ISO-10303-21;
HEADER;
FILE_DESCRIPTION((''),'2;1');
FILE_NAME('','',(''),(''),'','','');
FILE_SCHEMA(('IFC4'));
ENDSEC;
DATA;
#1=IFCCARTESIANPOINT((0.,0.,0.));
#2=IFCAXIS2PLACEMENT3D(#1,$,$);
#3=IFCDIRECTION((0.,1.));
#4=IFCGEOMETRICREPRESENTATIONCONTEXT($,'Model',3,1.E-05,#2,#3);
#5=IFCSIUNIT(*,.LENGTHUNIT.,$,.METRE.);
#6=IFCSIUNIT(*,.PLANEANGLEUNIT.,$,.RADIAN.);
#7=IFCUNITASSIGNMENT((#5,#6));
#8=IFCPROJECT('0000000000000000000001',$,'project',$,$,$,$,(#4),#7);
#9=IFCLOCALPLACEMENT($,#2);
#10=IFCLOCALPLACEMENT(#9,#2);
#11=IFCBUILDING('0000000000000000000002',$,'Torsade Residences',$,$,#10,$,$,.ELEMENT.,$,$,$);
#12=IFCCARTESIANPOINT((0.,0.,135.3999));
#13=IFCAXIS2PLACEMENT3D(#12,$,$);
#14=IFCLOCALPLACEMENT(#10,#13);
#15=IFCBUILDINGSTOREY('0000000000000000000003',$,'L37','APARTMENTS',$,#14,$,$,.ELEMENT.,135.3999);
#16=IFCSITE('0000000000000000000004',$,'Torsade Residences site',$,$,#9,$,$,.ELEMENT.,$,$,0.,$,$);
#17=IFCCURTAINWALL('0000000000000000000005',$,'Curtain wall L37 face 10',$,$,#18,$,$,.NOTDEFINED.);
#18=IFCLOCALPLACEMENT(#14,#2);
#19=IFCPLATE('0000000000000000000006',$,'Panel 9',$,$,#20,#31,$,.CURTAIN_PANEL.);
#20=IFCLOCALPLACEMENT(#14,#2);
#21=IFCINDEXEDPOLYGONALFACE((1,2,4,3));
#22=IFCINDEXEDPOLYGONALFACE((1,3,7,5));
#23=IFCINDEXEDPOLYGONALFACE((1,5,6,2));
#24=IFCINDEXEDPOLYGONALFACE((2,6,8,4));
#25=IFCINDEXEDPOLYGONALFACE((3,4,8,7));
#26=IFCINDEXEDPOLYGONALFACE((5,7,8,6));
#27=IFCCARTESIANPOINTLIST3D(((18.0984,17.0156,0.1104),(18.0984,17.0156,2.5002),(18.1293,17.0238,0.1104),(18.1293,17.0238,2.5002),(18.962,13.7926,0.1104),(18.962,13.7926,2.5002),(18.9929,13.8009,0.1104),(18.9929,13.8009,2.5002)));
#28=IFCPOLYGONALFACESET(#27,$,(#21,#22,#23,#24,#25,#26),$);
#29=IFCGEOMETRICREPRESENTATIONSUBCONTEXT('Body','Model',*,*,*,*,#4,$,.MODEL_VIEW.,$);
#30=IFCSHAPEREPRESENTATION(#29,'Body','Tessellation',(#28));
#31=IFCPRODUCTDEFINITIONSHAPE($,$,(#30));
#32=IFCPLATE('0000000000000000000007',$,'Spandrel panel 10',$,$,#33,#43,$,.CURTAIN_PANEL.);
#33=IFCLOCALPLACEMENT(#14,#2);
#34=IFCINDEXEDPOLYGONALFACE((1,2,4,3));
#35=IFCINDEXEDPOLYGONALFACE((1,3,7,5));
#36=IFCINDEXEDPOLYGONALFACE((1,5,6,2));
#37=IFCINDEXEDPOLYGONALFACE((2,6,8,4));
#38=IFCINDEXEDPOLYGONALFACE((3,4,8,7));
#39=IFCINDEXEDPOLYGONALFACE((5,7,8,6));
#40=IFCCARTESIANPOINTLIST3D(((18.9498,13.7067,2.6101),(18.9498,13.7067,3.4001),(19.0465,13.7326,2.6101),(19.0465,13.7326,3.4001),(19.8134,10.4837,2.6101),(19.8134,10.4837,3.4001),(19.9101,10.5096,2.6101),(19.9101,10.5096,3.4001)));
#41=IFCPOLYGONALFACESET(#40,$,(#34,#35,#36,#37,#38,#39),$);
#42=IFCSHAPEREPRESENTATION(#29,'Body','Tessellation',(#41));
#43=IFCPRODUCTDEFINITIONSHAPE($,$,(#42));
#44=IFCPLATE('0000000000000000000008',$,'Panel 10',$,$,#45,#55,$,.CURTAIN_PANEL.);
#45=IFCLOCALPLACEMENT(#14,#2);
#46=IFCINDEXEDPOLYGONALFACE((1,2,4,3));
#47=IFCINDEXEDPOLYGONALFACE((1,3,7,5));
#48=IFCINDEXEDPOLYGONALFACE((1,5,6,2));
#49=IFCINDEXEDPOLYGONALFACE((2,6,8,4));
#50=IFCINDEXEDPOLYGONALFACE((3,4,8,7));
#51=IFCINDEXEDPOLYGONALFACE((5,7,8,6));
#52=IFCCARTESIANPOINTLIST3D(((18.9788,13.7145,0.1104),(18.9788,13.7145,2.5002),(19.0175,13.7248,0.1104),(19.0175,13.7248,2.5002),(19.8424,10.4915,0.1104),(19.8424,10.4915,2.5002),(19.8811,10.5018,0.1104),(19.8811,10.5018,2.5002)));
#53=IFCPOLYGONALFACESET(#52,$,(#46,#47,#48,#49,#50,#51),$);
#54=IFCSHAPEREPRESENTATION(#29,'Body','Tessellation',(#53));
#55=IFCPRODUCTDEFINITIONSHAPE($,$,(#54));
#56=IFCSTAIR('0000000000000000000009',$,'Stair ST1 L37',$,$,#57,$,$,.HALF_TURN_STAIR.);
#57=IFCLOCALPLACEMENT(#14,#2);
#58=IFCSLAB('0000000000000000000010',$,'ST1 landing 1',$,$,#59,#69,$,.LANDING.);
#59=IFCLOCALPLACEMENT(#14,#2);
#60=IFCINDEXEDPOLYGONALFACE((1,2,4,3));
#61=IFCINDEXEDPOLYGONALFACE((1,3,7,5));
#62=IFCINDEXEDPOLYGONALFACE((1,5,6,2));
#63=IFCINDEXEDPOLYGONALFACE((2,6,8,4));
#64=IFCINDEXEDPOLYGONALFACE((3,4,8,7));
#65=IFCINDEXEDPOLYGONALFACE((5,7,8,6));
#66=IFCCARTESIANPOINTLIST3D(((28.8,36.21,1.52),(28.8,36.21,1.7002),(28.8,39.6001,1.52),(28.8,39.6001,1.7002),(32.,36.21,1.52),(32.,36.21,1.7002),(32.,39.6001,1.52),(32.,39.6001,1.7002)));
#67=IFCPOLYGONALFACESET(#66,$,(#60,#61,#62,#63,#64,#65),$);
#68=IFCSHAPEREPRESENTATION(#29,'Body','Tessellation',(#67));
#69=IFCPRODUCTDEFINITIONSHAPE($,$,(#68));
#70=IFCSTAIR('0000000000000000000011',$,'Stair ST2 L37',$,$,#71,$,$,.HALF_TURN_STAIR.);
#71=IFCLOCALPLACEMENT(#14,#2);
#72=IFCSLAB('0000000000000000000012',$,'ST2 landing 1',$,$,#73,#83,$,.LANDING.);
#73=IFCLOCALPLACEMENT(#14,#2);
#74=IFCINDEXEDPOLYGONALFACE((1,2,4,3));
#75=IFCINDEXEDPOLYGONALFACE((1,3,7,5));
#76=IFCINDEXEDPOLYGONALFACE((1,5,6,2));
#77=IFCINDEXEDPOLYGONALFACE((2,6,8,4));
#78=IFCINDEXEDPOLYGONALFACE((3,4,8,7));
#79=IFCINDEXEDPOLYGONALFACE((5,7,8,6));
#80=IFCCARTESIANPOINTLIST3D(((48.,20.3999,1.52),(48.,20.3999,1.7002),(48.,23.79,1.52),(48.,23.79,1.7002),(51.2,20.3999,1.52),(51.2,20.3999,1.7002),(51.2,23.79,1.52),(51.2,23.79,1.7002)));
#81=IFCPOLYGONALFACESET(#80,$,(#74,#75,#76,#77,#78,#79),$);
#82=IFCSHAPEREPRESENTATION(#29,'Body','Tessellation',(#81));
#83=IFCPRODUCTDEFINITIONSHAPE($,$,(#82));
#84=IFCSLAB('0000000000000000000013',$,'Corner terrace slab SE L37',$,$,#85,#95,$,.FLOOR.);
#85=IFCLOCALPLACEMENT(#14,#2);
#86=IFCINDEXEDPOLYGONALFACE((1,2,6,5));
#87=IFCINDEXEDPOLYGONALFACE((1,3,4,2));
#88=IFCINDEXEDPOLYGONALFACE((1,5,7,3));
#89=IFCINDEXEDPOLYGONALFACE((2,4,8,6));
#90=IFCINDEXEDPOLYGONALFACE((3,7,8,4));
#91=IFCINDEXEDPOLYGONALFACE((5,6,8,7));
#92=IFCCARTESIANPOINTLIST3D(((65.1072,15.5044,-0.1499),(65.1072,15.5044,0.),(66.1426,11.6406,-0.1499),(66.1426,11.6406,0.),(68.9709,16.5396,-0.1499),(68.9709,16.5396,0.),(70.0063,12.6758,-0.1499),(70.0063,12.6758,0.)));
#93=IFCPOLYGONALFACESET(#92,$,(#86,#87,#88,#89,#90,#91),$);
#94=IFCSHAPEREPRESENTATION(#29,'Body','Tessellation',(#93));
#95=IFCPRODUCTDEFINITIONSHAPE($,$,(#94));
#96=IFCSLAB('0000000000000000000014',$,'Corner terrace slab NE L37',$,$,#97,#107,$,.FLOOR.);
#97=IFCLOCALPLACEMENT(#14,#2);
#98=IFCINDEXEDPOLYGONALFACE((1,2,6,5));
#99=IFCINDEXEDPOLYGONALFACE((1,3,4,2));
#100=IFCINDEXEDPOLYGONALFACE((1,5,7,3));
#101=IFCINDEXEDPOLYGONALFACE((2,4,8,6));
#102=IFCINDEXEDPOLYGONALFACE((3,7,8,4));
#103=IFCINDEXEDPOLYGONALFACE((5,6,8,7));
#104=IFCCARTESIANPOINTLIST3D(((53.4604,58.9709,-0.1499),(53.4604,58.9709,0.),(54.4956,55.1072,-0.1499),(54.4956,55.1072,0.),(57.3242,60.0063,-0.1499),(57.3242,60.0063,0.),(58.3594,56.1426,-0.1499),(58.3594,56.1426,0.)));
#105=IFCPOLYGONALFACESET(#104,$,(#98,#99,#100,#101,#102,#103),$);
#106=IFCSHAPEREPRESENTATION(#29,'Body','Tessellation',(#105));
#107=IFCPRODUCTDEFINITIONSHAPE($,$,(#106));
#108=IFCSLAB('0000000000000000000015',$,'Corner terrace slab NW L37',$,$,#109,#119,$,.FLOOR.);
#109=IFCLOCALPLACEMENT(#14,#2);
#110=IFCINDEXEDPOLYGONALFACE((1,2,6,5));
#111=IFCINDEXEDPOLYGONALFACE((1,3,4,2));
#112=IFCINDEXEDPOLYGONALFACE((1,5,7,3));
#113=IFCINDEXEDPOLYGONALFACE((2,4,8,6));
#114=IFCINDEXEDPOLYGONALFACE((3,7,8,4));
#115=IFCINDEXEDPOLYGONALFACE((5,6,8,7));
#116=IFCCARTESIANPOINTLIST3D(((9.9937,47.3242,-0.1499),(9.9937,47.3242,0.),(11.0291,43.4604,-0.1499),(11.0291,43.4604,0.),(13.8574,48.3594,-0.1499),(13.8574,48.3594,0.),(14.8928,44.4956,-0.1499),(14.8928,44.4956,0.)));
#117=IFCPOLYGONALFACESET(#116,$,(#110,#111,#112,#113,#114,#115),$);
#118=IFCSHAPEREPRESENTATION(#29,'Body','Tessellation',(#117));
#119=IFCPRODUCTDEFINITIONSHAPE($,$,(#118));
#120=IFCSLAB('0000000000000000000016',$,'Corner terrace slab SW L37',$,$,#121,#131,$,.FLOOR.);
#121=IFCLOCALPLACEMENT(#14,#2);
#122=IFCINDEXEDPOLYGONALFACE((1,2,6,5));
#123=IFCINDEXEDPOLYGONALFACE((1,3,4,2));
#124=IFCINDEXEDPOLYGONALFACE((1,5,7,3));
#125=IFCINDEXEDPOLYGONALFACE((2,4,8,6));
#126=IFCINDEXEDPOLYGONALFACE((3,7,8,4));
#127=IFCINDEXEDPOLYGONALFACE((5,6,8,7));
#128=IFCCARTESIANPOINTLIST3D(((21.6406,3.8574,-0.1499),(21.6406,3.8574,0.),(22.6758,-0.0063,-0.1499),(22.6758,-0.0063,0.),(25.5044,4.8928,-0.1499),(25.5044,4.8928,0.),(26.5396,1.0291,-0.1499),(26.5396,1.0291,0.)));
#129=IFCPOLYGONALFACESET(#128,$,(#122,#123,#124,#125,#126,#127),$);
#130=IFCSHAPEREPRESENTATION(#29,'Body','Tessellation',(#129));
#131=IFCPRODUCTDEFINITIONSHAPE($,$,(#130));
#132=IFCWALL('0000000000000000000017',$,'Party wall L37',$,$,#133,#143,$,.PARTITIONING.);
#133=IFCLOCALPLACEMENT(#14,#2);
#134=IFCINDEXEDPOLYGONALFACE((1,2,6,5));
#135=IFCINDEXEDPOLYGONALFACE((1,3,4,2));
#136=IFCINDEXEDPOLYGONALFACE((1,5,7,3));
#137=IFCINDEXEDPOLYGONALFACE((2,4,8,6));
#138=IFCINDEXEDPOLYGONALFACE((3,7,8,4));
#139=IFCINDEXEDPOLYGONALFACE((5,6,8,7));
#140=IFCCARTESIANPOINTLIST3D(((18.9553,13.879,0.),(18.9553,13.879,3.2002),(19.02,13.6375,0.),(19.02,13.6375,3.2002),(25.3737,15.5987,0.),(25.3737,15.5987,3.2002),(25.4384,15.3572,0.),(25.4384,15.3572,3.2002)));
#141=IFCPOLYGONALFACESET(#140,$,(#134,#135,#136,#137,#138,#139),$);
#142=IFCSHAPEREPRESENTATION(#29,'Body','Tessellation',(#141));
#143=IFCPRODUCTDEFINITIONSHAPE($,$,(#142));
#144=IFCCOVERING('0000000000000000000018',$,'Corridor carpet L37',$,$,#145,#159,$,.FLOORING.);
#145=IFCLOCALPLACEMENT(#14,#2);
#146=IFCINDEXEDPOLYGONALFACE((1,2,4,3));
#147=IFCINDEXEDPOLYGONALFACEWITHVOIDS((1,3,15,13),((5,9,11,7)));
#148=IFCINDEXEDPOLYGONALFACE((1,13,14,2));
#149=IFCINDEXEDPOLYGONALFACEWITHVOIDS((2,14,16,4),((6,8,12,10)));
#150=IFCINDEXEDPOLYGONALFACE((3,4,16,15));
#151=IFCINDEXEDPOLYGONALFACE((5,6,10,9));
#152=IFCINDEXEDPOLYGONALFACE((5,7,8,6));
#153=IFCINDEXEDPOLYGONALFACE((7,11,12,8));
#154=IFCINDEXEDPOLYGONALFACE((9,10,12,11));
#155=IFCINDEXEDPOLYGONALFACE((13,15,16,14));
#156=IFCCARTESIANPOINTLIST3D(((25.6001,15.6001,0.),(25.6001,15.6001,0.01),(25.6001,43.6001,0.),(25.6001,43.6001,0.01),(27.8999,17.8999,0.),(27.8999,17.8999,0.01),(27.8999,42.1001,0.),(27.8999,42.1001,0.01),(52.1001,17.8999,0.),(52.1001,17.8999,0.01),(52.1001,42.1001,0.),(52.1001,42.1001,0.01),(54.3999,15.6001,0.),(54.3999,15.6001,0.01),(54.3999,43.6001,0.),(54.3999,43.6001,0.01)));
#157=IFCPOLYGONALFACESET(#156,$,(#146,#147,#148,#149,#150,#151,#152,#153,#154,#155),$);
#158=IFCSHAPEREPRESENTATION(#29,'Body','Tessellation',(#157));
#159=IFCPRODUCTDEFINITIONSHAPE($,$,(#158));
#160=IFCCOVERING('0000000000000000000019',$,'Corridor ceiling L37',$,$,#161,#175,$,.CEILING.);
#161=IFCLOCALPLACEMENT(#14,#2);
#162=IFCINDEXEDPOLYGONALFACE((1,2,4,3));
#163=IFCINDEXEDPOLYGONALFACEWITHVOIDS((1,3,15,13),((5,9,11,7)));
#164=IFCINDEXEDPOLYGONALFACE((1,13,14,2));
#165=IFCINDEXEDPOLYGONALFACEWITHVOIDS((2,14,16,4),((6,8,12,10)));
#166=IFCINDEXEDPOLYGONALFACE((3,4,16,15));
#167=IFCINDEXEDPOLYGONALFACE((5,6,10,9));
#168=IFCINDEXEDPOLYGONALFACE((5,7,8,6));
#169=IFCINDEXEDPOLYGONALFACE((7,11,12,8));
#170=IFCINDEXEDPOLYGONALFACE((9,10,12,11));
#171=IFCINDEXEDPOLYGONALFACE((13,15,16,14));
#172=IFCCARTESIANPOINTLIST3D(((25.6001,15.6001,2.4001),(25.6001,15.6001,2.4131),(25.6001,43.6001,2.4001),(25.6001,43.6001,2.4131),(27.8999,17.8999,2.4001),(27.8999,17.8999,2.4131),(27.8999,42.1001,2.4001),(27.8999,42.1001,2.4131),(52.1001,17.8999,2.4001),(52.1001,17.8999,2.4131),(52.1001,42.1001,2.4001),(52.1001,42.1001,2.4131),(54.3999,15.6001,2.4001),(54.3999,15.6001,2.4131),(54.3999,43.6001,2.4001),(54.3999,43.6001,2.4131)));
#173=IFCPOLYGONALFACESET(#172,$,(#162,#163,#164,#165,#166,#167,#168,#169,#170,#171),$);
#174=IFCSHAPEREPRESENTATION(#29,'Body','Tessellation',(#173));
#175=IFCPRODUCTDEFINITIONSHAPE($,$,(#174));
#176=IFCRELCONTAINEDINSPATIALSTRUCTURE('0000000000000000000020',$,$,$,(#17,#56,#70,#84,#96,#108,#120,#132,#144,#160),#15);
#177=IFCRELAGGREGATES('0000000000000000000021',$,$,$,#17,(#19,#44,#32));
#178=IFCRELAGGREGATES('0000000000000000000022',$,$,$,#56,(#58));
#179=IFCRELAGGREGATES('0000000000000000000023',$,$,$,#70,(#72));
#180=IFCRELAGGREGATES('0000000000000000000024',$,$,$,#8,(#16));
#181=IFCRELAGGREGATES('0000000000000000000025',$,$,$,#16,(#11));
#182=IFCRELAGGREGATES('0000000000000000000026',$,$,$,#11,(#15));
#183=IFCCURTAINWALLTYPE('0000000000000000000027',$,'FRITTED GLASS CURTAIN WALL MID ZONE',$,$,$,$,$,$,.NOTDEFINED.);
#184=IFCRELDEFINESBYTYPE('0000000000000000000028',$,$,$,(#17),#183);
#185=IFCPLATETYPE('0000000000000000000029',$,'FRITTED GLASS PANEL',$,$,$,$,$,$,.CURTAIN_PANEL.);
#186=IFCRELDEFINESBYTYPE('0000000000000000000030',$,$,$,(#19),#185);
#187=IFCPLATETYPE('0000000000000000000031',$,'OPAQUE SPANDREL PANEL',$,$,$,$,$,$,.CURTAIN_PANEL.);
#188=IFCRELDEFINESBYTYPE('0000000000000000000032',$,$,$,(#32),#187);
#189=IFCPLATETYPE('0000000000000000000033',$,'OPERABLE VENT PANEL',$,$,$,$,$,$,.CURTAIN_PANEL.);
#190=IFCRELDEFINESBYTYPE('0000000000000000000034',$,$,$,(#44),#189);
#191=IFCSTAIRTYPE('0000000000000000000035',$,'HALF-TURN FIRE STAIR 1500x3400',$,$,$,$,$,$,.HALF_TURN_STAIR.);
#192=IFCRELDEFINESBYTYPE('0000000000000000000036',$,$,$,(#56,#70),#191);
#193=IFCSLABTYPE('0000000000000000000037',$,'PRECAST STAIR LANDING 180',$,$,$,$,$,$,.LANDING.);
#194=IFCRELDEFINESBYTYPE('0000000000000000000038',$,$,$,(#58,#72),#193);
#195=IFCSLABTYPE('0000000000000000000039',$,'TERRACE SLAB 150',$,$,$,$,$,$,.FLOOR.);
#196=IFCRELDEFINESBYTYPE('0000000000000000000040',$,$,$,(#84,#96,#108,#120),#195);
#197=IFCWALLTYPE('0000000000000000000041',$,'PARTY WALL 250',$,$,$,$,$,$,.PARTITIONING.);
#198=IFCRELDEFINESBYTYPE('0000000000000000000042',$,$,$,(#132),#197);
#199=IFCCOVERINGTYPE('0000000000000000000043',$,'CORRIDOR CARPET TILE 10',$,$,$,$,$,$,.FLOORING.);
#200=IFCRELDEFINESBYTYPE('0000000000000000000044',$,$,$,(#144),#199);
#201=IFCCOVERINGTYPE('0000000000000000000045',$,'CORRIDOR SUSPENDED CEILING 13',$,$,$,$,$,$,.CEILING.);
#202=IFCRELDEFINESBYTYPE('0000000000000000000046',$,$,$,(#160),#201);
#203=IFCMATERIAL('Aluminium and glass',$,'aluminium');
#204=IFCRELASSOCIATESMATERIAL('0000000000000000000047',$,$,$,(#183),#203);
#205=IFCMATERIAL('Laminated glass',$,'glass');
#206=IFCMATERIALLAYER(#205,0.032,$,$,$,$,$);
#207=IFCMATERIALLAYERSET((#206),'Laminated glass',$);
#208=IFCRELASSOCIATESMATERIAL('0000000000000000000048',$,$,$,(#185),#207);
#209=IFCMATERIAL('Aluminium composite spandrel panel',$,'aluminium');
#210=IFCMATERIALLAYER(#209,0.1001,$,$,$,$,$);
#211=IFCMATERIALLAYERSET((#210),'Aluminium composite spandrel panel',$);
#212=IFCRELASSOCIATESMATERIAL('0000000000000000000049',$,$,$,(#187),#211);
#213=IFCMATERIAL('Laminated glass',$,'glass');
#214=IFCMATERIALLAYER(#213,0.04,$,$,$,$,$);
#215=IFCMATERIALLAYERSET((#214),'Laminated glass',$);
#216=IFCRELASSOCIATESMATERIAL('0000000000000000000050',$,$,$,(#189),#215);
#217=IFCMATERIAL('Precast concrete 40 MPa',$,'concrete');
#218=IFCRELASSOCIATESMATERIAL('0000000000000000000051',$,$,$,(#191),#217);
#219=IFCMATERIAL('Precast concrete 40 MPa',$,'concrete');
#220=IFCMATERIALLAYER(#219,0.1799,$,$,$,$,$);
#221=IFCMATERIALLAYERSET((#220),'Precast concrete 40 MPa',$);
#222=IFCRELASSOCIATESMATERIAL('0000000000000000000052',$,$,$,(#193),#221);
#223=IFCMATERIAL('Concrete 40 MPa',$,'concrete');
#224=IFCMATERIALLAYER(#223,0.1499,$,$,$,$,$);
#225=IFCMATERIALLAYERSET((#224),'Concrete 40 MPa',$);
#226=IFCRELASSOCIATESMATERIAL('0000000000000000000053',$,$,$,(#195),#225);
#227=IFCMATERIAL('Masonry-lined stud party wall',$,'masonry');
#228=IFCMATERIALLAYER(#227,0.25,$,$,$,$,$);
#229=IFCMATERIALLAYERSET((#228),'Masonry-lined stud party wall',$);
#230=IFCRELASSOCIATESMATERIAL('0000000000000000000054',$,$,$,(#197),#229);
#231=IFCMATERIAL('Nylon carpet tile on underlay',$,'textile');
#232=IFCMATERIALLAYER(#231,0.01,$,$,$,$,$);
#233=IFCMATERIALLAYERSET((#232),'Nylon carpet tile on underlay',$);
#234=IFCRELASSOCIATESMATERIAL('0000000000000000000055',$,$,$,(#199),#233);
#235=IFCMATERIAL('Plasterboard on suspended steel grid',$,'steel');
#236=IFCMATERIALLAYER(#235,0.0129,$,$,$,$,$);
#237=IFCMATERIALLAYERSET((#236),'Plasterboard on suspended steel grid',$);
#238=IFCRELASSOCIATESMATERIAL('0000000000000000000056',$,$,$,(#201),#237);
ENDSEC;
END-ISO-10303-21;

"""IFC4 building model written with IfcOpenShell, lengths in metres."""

from ifc_helpers import new_model, si_unit, direction, frame, frame_2d, origin, origin_2d, place, context, subcontext, project, spatial, polyline, rectangle, outline, extrude, material, layer, layer_set, type_object, element, aggregate, save


model = new_model("IFC4")

# Units and contexts
model_context = context("Model", 3, precision=1e-05, world=origin(), true_north=direction((0.0, 1.0)))
body_context = subcontext(model_context, "Body", "Model", "MODEL_VIEW")
ifc_project = project(units=[si_unit("LENGTHUNIT", "METRE"), si_unit("PLANEANGLEUNIT", "RADIAN")], contexts=[model_context])

# Site, building, storey
site_placement = place(None, origin())
site = spatial("IfcSite", under=ifc_project, at=site_placement, Name="Torsade Residences site", CompositionType="ELEMENT", RefElevation=0.0)
building_placement = place(site_placement, origin())
building = spatial("IfcBuilding", under=site, at=building_placement, Name="Torsade Residences", CompositionType="ELEMENT")
storey_placement = place(building_placement, frame((0.0, 0.0, 135.3999)))
storey = spatial("IfcBuildingStorey", under=building, at=storey_placement, Name="L37", Description="APARTMENTS", CompositionType="ELEMENT", Elevation=135.3999)

# Curtain wall
ifc_material_1 = material(Name="Aluminium and glass", Category="aluminium")
curtain_wall_type = type_object("IfcCurtainWallType", Name="FRITTED GLASS CURTAIN WALL MID ZONE", PredefinedType="NOTDEFINED", material=ifc_material_1)
curtain_wall_placement = place(storey_placement, origin())
curtain_wall = element("IfcCurtainWall", 1, at=curtain_wall_placement, inside=storey, type_object=curtain_wall_type, Name="Curtain wall L37 face 10", PredefinedType="NOTDEFINED")

# Plates
ifc_material_2 = material(Name="Laminated glass", Category="glass")
ifc_layer_1 = layer(ifc_material_2, 0.032)
ifc_layer_set_1 = layer_set([ifc_layer_1], Name="Laminated glass")
plate_type_1 = type_object("IfcPlateType", Name="FRITTED GLASS PANEL", PredefinedType="CURTAIN_PANEL", material=ifc_layer_set_1)
plate_1_placement = place(storey_placement, frame((18.5457, 15.4082, 0.1104), z_axis=(0.0, 0.0, 1.0), x_axis=(0.258819, -0.965926, 0.0)))
plate_1 = element("IfcPlate", 2, at=plate_1_placement, type_object=plate_type_1, Name="Panel 9", PredefinedType="CURTAIN_PANEL", context=body_context, shape_type="SweptSolid", body=[
    extrude(rectangle(XDim=3.3367, YDim=0.032, at=origin_2d()), origin(), (0.0, 0.0, 1.0), 2.3899),
])
ifc_material_3 = material(Name="Aluminium composite spandrel panel", Category="aluminium")
ifc_layer_2 = layer(ifc_material_3, 0.1001)
ifc_layer_set_2 = layer_set([ifc_layer_2], Name="Aluminium composite spandrel panel")
plate_type_2 = type_object("IfcPlateType", Name="OPAQUE SPANDREL PANEL", PredefinedType="CURTAIN_PANEL", material=ifc_layer_set_2)
plate_2_placement = place(storey_placement, frame((19.4299, 12.1082, 2.6101), z_axis=(0.0, 0.0, 1.0), x_axis=(0.258819, -0.965926, 0.0)))
plate_2 = element("IfcPlate", 3, at=plate_2_placement, type_object=plate_type_2, Name="Spandrel panel 10", PredefinedType="CURTAIN_PANEL", context=body_context, shape_type="SweptSolid", body=[
    extrude(rectangle(XDim=3.3367, YDim=0.1001, at=origin_2d()), origin(), (0.0, 0.0, 1.0), 0.79),
])
ifc_material_4 = material(Name="Laminated glass", Category="glass")
ifc_layer_3 = layer(ifc_material_4, 0.04)
ifc_layer_set_3 = layer_set([ifc_layer_3], Name="Laminated glass")
plate_type_3 = type_object("IfcPlateType", Name="OPERABLE VENT PANEL", PredefinedType="CURTAIN_PANEL", material=ifc_layer_set_3)
plate_3_placement = place(storey_placement, frame((19.4299, 12.1082, 0.1104), z_axis=(0.0, 0.0, 1.0), x_axis=(0.258819, -0.965926, 0.0)))
plate_3 = element("IfcPlate", 4, at=plate_3_placement, type_object=plate_type_3, Name="Panel 10", PredefinedType="CURTAIN_PANEL", context=body_context, shape_type="SweptSolid", body=[
    extrude(rectangle(XDim=3.3367, YDim=0.04, at=origin_2d()), origin(), (0.0, 0.0, 1.0), 2.3899),
])
aggregate(curtain_wall, [plate_1, plate_3, plate_2])

# Stairs, slabs
ifc_material_5 = material(Name="Precast concrete 40 MPa", Category="concrete")
stair_type = type_object("IfcStairType", Name="HALF-TURN FIRE STAIR 1500x3400", PredefinedType="HALF_TURN_STAIR", material=ifc_material_5)
stair_1_placement = place(storey_placement, origin())
stair_1 = element("IfcStair", 5, at=stair_1_placement, inside=storey, type_object=stair_type, Name="Stair ST1 L37", PredefinedType="HALF_TURN_STAIR")
ifc_material_6 = material(Name="Precast concrete 40 MPa", Category="concrete")
ifc_layer_4 = layer(ifc_material_6, 0.1799)
ifc_layer_set_4 = layer_set([ifc_layer_4], Name="Precast concrete 40 MPa")
slab_type_1 = type_object("IfcSlabType", Name="PRECAST STAIR LANDING 180", PredefinedType="LANDING", material=ifc_layer_set_4)
slab_1_placement = place(storey_placement, frame((0.0, 0.0, 1.52)))
slab_1 = element("IfcSlab", 6, at=slab_1_placement, type_object=slab_type_1, Name="ST1 landing 1", PredefinedType="LANDING", context=body_context, shape_type="SweptSolid", body=[
    extrude(outline(polyline([(28.8, 36.21), (32.0, 36.21), (32.0, 39.6001), (28.8, 39.6001), (28.8, 36.21)])), origin(), (0.0, 0.0, 1.0), 0.1802),
])
aggregate(stair_1, [slab_1])
stair_2_placement = place(storey_placement, origin())
stair_2 = element("IfcStair", 7, at=stair_2_placement, inside=storey, type_object=stair_type, Name="Stair ST2 L37", PredefinedType="HALF_TURN_STAIR")
slab_2_placement = place(storey_placement, frame((0.0, 0.0, 1.52)))
slab_2 = element("IfcSlab", 8, at=slab_2_placement, type_object=slab_type_1, Name="ST2 landing 1", PredefinedType="LANDING", context=body_context, shape_type="SweptSolid", body=[
    extrude(outline(polyline([(48.0, 20.3999), (51.2, 20.3999), (51.2, 23.79), (48.0, 23.79), (48.0, 20.3999)])), origin(), (0.0, 0.0, 1.0), 0.1802),
])
aggregate(stair_2, [slab_2])

# Slabs
ifc_material_7 = material(Name="Concrete 40 MPa", Category="concrete")
ifc_layer_5 = layer(ifc_material_7, 0.1499)
ifc_layer_set_5 = layer_set([ifc_layer_5], Name="Concrete 40 MPa")
slab_type_2 = type_object("IfcSlabType", Name="TERRACE SLAB 150", PredefinedType="FLOOR", material=ifc_layer_set_5)
slab_3_placement = place(storey_placement, frame((0.0, 0.0, -0.1499)))
element("IfcSlab", 9, at=slab_3_placement, inside=storey, type_object=slab_type_2, Name="Corner terrace slab SE L37", PredefinedType="FLOOR", context=body_context, shape_type="SweptSolid", body=[
    extrude(outline(polyline([(66.1426, 11.6406), (70.0063, 12.6758), (68.9709, 16.5396), (65.1072, 15.5044), (66.1426, 11.6406)])), origin(), (0.0, 0.0, 1.0), 0.1499),
])
slab_4_placement = place(storey_placement, frame((0.0, 0.0, -0.1499)))
element("IfcSlab", 10, at=slab_4_placement, inside=storey, type_object=slab_type_2, Name="Corner terrace slab NE L37", PredefinedType="FLOOR", context=body_context, shape_type="SweptSolid", body=[
    extrude(outline(polyline([(54.4956, 55.1072), (58.3594, 56.1426), (57.3242, 60.0063), (53.4604, 58.9709), (54.4956, 55.1072)])), origin(), (0.0, 0.0, 1.0), 0.1499),
])
slab_5_placement = place(storey_placement, frame((0.0, 0.0, -0.1499)))
element("IfcSlab", 11, at=slab_5_placement, inside=storey, type_object=slab_type_2, Name="Corner terrace slab NW L37", PredefinedType="FLOOR", context=body_context, shape_type="SweptSolid", body=[
    extrude(outline(polyline([(11.0291, 43.4604), (14.8928, 44.4956), (13.8574, 48.3594), (9.9937, 47.3242), (11.0291, 43.4604)])), origin(), (0.0, 0.0, 1.0), 0.1499),
])
slab_6_placement = place(storey_placement, frame((0.0, 0.0, -0.1499)))
element("IfcSlab", 12, at=slab_6_placement, inside=storey, type_object=slab_type_2, Name="Corner terrace slab SW L37", PredefinedType="FLOOR", context=body_context, shape_type="SweptSolid", body=[
    extrude(outline(polyline([(22.6758, -0.0063), (26.5396, 1.0291), (25.5044, 4.8928), (21.6406, 3.8574), (22.6758, -0.0063)])), origin(), (0.0, 0.0, 1.0), 0.1499),
])

# Wall
ifc_material_8 = material(Name="Masonry-lined stud party wall", Category="masonry")
ifc_layer_6 = layer(ifc_material_8, 0.25)
ifc_layer_set_6 = layer_set([ifc_layer_6], Name="Masonry-lined stud party wall")
wall_type = type_object("IfcWallType", Name="PARTY WALL 250", PredefinedType="PARTITIONING", material=ifc_layer_set_6)
wall_placement = place(storey_placement, frame((18.9878, 13.7583, 0.0), z_axis=(0.0, 0.0, 1.0), x_axis=(0.965929, 0.258806, 0.0)))
element("IfcWall", 13, at=wall_placement, inside=storey, type_object=wall_type, Name="Party wall L37", PredefinedType="PARTITIONING", context=body_context, shape_type="SweptSolid", body=[
    extrude(rectangle(XDim=6.6448, YDim=0.25, at=frame_2d((3.3223, 0.0))), origin(), (0.0, 0.0, 1.0), 3.2002),
])

# Coverings
ifc_material_9 = material(Name="Nylon carpet tile on underlay", Category="textile")
ifc_layer_7 = layer(ifc_material_9, 0.01)
ifc_layer_set_7 = layer_set([ifc_layer_7], Name="Nylon carpet tile on underlay")
covering_type_1 = type_object("IfcCoveringType", Name="CORRIDOR CARPET TILE 10", PredefinedType="FLOORING", material=ifc_layer_set_7)
covering_1_placement = place(storey_placement, origin())
element("IfcCovering", 14, at=covering_1_placement, inside=storey, type_object=covering_type_1, Name="Corridor carpet L37", PredefinedType="FLOORING", context=body_context, shape_type="SweptSolid", body=[
    extrude(outline(polyline([(54.3999, 15.6001), (54.3999, 43.6001), (25.6001, 43.6001), (25.6001, 15.6001), (54.3999, 15.6001)]), holes=[polyline([(52.1001, 42.1001), (27.8999, 42.1001), (27.8999, 17.8999), (52.1001, 17.8999), (52.1001, 42.1001)])]), origin(), (0.0, 0.0, 1.0), 0.01),
])
ifc_material_10 = material(Name="Plasterboard on suspended steel grid", Category="steel")
ifc_layer_8 = layer(ifc_material_10, 0.0129)
ifc_layer_set_8 = layer_set([ifc_layer_8], Name="Plasterboard on suspended steel grid")
covering_type_2 = type_object("IfcCoveringType", Name="CORRIDOR SUSPENDED CEILING 13", PredefinedType="CEILING", material=ifc_layer_set_8)
covering_2_placement = place(storey_placement, frame((0.0, 0.0, 2.4001)))
element("IfcCovering", 15, at=covering_2_placement, inside=storey, type_object=covering_type_2, Name="Corridor ceiling L37", PredefinedType="CEILING", context=body_context, shape_type="SweptSolid", body=[
    extrude(outline(polyline([(54.3999, 15.6001), (54.3999, 43.6001), (25.6001, 43.6001), (25.6001, 15.6001), (54.3999, 15.6001)]), holes=[polyline([(52.1001, 42.1001), (27.8999, 42.1001), (27.8999, 17.8999), (52.1001, 17.8999), (52.1001, 42.1001)])]), origin(), (0.0, 0.0, 1.0), 0.0129),
])

save(model, "model.ifc")
